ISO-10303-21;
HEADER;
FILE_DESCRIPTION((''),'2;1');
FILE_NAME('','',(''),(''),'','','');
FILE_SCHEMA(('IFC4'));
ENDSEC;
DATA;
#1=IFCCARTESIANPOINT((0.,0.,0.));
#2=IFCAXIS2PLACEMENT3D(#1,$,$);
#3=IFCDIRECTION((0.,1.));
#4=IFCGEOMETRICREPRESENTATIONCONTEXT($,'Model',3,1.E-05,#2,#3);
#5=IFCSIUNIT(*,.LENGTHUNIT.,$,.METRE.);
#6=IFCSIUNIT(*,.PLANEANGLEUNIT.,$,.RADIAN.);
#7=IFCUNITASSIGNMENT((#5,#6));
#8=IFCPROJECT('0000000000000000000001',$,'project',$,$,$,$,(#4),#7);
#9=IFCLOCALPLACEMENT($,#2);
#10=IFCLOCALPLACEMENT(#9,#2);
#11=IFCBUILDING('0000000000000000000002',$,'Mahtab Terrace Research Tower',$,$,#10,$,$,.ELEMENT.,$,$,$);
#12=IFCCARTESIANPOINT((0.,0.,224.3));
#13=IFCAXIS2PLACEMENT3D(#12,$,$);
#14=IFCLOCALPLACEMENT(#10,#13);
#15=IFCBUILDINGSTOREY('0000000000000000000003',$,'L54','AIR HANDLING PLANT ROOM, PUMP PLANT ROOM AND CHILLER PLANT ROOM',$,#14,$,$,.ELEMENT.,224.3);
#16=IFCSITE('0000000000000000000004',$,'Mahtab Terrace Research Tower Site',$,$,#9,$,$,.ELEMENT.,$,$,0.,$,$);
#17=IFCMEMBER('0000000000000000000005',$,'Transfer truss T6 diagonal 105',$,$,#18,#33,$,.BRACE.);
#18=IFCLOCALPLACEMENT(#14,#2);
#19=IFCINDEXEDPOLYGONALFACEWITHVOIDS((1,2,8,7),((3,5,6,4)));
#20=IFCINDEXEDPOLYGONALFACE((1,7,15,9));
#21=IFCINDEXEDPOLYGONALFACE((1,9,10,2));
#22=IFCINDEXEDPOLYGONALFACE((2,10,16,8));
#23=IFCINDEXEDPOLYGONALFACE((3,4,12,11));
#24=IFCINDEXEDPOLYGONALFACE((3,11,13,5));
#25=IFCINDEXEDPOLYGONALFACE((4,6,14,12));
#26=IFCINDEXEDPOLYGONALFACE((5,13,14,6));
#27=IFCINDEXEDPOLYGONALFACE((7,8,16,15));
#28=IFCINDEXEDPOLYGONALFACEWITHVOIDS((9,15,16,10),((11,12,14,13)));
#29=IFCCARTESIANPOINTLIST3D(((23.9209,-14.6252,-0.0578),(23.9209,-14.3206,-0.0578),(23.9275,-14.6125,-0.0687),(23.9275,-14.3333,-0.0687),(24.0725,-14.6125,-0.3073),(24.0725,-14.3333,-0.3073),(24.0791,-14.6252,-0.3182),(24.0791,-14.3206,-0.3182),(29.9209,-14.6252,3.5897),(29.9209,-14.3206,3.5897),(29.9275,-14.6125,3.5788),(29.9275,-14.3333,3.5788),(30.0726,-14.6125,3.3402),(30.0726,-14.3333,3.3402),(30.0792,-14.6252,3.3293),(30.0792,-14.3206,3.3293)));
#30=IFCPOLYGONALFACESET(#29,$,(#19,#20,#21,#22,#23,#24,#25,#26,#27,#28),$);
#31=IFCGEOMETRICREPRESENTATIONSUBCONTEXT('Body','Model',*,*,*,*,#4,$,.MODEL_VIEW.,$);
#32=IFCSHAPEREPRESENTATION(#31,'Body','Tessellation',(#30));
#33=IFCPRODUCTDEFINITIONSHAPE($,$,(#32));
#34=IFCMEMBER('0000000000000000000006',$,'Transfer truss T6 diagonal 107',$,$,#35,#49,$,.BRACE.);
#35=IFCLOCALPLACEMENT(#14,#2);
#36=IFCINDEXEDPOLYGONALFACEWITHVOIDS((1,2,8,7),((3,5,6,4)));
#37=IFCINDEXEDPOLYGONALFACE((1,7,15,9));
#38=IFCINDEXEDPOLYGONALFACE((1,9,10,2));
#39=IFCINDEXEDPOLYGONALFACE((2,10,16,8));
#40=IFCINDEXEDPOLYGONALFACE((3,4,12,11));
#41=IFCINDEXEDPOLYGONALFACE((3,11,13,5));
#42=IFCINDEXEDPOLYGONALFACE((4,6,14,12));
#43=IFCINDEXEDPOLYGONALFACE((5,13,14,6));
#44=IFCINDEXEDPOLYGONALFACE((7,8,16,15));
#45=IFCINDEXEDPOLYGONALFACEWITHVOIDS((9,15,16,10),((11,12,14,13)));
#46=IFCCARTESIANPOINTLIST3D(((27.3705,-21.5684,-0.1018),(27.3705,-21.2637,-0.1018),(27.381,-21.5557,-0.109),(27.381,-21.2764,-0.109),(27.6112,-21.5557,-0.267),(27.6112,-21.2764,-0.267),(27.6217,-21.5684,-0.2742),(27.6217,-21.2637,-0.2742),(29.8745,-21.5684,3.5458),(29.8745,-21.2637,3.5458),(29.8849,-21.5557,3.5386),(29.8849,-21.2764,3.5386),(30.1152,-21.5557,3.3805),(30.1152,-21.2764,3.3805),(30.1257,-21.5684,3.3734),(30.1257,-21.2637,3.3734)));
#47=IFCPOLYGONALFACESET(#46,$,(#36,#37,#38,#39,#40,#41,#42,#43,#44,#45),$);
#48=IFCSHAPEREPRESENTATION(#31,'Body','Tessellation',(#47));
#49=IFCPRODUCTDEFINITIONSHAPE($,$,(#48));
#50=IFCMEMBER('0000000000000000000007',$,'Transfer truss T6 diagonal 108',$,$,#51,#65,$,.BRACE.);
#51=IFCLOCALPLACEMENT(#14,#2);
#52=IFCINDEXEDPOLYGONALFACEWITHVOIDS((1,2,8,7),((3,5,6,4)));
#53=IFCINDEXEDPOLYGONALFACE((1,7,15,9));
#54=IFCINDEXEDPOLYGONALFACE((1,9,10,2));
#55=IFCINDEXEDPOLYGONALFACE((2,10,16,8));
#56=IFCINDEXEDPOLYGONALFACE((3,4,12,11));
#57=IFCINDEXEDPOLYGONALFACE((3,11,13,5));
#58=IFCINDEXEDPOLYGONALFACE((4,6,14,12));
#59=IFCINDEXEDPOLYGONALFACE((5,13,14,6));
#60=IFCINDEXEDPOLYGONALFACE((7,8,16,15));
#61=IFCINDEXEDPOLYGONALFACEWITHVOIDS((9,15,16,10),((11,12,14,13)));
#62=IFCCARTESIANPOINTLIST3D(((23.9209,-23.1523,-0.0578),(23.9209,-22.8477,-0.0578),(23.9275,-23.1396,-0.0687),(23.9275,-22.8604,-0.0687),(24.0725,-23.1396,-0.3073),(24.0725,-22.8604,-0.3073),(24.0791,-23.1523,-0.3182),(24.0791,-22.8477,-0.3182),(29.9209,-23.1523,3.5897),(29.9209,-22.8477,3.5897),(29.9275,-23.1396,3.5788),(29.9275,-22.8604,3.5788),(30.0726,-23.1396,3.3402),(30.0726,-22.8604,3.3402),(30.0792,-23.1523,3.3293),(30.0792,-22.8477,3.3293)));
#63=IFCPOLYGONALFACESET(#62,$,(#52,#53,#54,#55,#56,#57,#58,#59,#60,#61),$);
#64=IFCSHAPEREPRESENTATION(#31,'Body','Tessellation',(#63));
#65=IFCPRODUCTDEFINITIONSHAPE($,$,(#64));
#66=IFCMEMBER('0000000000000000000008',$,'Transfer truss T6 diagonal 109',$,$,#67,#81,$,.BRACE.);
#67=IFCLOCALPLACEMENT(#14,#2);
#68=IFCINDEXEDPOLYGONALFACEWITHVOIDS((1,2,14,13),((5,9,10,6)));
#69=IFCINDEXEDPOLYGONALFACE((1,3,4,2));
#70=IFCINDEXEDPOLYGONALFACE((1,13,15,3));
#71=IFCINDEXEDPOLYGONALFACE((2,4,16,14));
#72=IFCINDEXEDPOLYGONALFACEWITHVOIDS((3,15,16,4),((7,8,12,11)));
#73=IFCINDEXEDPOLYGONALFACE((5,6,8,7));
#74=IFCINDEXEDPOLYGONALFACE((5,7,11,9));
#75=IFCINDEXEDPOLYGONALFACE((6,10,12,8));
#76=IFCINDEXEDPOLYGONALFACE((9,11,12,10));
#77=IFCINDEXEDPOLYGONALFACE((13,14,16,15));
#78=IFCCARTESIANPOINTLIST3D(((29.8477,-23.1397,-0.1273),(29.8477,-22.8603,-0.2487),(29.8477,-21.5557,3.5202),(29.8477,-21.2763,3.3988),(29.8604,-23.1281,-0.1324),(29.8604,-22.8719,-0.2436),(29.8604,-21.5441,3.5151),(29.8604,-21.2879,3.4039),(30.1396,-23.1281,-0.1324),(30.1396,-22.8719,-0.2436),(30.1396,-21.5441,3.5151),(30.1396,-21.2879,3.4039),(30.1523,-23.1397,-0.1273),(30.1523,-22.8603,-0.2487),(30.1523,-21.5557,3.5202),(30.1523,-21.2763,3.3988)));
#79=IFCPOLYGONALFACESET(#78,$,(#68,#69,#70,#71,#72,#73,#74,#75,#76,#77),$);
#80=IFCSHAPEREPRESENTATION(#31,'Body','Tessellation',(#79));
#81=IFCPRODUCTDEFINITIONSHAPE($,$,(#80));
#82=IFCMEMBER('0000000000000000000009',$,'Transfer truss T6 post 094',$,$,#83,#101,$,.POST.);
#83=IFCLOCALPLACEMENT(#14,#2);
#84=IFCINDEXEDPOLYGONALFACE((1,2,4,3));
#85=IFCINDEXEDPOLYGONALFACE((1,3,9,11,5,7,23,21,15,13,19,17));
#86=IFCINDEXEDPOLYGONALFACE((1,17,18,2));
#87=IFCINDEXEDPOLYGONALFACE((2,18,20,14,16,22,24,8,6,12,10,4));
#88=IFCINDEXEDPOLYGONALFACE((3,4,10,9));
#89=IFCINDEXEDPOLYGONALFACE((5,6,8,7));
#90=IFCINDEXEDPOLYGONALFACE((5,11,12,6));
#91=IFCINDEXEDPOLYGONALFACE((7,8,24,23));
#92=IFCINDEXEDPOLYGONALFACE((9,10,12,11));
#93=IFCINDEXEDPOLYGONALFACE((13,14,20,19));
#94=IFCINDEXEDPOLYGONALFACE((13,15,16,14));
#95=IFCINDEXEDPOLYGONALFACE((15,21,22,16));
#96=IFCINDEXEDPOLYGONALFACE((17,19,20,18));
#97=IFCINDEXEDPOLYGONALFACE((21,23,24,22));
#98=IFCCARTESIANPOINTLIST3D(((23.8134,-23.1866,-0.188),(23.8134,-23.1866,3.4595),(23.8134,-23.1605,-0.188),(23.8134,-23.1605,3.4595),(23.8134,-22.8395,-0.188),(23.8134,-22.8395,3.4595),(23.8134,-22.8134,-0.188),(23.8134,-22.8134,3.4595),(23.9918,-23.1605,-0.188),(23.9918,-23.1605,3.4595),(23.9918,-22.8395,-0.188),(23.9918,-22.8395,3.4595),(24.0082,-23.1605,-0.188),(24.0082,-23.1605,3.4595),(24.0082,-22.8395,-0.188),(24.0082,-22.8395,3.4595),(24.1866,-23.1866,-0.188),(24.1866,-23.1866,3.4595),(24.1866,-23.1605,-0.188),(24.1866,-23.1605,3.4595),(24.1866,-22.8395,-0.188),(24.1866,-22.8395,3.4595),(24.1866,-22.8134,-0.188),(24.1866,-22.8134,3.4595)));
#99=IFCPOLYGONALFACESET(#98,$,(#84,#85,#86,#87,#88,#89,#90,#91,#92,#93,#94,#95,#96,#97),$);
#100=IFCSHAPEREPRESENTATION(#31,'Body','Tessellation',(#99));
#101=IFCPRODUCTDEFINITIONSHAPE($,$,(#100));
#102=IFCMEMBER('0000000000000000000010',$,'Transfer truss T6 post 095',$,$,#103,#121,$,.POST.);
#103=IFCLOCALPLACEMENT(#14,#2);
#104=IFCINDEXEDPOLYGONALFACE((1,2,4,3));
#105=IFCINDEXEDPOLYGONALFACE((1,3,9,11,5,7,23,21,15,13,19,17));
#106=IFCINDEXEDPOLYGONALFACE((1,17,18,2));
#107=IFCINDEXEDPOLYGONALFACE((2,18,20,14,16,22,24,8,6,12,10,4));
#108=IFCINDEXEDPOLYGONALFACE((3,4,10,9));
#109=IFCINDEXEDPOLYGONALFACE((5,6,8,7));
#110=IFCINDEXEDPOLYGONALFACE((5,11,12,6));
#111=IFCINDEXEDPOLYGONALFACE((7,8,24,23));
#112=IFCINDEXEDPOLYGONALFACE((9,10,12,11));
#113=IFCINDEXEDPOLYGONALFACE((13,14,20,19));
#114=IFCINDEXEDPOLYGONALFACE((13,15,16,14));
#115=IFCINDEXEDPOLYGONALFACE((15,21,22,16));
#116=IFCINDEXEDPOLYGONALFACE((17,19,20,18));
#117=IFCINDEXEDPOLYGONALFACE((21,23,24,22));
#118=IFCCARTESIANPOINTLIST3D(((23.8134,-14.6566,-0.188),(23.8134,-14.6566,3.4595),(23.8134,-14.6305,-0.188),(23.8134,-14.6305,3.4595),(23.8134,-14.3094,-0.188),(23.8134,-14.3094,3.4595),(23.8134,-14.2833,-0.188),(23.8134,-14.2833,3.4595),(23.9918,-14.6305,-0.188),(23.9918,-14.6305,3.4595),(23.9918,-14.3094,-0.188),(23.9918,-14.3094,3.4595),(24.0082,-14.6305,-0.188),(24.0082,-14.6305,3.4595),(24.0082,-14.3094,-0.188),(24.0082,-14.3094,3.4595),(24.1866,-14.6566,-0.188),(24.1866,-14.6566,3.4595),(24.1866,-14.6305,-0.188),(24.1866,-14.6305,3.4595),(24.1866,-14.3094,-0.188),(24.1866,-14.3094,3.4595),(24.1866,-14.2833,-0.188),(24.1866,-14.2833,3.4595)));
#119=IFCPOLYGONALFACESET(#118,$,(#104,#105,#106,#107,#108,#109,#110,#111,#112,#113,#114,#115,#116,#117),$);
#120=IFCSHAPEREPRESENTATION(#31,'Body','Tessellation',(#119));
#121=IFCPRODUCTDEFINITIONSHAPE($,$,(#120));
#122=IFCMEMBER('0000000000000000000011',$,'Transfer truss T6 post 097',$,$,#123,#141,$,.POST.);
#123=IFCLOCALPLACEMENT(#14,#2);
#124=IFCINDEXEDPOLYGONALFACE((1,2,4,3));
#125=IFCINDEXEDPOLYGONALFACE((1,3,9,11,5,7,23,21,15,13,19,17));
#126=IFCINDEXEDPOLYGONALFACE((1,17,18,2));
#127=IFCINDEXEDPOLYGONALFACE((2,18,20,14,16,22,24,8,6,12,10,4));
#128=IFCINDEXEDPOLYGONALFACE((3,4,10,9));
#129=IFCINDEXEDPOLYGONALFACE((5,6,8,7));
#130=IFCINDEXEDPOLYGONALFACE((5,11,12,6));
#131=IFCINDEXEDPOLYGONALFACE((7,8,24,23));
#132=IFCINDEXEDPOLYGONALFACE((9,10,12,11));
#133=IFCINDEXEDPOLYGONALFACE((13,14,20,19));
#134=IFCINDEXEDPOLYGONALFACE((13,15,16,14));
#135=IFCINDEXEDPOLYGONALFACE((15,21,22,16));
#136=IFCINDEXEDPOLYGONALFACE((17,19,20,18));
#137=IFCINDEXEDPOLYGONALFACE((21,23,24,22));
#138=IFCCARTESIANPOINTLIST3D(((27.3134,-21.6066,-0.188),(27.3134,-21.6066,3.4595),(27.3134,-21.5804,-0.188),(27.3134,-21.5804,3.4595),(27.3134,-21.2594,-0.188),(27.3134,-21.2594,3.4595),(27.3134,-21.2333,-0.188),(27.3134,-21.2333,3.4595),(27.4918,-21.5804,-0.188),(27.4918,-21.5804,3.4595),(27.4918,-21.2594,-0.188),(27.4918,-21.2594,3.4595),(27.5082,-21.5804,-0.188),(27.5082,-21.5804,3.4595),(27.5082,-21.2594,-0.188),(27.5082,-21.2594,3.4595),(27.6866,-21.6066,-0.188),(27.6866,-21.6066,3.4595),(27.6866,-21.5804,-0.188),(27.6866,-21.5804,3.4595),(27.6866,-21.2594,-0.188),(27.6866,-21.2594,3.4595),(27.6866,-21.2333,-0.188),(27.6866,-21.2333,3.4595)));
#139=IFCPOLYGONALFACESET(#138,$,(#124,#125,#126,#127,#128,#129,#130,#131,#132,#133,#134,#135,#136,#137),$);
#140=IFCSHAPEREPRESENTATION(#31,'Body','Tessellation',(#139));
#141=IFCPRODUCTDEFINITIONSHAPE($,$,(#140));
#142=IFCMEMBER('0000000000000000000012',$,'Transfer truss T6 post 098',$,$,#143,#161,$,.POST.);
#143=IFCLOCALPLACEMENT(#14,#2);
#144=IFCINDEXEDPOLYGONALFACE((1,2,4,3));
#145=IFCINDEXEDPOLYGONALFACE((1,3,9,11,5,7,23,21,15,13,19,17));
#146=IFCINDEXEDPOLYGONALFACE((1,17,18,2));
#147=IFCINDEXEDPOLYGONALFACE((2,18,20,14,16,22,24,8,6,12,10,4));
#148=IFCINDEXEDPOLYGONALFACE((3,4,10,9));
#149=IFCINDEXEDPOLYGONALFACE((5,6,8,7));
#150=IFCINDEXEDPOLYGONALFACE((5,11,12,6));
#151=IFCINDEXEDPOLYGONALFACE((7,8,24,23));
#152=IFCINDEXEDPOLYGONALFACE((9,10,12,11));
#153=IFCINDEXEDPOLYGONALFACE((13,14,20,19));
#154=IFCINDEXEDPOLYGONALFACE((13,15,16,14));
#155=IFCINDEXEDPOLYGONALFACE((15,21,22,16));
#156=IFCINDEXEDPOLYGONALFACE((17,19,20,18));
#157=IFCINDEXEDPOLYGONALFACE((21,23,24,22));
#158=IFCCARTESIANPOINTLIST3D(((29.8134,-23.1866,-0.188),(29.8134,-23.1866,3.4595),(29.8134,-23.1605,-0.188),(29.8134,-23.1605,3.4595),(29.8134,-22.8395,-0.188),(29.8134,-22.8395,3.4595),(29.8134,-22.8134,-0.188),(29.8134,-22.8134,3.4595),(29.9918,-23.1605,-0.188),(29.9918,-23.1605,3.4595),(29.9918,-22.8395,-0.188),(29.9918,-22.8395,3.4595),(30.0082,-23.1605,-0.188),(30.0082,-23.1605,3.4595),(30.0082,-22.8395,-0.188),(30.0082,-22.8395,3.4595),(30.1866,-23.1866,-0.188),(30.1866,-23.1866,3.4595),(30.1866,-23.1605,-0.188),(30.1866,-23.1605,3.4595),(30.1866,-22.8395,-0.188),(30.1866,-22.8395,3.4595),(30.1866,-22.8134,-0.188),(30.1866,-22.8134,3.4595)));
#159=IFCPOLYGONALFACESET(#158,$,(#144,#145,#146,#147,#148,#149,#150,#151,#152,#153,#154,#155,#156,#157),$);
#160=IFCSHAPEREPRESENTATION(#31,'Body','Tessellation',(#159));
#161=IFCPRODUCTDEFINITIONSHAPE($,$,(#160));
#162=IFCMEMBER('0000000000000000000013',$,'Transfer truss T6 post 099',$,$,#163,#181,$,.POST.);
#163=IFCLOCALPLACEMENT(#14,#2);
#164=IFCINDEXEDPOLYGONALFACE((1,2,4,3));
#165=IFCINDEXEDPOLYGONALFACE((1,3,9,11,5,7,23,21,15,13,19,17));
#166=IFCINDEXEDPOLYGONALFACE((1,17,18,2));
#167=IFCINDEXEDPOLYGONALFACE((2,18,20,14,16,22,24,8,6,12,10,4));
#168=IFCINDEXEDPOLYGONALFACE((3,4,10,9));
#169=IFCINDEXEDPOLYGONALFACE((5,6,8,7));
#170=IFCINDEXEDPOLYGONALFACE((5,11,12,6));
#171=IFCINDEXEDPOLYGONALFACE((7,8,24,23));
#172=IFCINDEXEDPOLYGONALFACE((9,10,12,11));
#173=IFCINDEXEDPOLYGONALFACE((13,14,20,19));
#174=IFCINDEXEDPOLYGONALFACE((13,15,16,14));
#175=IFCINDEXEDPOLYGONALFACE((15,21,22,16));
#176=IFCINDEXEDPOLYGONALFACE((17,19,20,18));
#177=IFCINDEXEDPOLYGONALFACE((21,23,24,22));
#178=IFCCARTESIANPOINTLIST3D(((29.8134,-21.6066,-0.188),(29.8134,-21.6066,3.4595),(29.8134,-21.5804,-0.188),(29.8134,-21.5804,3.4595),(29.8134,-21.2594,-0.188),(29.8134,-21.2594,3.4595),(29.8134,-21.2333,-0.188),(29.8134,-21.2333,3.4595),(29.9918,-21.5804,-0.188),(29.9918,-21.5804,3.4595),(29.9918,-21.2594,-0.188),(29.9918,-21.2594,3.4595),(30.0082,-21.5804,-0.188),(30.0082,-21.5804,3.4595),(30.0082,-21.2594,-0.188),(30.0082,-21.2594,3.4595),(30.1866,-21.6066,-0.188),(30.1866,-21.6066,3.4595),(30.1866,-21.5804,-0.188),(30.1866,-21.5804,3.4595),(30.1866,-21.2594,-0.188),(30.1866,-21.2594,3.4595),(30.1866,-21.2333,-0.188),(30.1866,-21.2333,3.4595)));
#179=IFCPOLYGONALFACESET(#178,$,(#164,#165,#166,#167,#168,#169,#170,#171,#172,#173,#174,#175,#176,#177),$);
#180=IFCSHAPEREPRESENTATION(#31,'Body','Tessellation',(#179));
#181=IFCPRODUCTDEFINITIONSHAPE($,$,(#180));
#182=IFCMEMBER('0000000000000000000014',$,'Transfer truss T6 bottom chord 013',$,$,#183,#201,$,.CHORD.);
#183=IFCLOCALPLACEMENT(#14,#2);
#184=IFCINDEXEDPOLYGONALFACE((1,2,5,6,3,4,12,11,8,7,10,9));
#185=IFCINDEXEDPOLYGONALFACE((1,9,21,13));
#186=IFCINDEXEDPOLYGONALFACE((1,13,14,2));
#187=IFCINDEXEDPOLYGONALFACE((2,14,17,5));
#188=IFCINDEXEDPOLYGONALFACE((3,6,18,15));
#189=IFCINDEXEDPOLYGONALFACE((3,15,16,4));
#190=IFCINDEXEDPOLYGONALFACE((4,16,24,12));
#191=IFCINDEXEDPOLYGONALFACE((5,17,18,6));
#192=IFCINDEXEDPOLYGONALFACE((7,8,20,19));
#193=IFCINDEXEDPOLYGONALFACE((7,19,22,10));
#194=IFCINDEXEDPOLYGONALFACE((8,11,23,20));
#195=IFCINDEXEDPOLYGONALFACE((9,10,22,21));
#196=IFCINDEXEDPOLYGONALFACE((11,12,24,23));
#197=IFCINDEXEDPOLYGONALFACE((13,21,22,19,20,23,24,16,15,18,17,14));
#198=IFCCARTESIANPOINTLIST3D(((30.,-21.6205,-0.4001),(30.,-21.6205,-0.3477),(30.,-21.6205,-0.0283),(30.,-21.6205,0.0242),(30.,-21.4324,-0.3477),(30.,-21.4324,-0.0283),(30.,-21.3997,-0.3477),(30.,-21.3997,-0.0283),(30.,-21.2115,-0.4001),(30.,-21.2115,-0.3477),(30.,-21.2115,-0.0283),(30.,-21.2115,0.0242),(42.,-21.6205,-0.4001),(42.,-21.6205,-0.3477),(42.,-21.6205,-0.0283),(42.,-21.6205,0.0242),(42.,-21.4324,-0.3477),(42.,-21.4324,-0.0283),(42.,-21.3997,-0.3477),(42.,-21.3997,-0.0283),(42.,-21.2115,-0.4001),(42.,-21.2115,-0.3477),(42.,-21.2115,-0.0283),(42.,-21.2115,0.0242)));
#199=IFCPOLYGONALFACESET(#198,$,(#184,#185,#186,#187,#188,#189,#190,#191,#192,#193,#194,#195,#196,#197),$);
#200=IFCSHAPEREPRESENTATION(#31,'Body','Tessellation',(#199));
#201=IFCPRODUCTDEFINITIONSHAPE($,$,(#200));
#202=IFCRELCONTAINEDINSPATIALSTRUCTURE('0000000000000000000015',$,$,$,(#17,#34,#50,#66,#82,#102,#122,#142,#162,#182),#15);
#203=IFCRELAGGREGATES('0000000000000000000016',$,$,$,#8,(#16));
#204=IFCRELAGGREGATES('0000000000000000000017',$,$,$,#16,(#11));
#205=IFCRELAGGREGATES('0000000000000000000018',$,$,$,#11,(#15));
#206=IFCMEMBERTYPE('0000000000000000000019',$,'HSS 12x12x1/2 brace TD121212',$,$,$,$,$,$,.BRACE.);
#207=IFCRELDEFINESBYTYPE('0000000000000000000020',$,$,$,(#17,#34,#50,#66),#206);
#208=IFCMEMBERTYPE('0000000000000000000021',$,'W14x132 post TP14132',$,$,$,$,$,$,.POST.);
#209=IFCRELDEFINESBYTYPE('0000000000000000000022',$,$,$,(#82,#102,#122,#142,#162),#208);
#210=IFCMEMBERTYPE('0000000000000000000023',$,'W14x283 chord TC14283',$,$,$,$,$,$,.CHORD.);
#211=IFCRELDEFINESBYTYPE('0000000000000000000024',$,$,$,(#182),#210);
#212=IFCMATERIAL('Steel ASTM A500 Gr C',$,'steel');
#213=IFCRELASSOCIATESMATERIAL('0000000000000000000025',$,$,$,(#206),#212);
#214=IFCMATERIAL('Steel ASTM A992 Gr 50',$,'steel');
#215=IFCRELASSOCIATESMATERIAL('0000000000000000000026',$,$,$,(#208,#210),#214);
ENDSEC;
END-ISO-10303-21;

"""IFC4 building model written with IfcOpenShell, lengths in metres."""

from ifc_helpers import new_model, si_unit, direction, frame, origin, origin_2d, place, context, subcontext, project, spatial, hollow_rectangle, i_section, extrude, material, material_profile, profile_set, type_object, element, save


model = new_model("IFC4")

# Units and contexts
model_context = context("Model", 3, precision=1e-05, world=origin(), true_north=direction((0.0, 1.0)))
body_context = subcontext(model_context, "Body", "Model", "MODEL_VIEW")
ifc_project = project(units=[si_unit("LENGTHUNIT", "METRE"), si_unit("PLANEANGLEUNIT", "RADIAN")], contexts=[model_context])

# Site, building, storey
site_placement = place(None, origin())
site = spatial("IfcSite", under=ifc_project, at=site_placement, Name="Mahtab Terrace Research Tower Site", CompositionType="ELEMENT", RefElevation=0.0)
building_placement = place(site_placement, origin())
building = spatial("IfcBuilding", under=site, at=building_placement, Name="Mahtab Terrace Research Tower", CompositionType="ELEMENT")
storey_placement = place(building_placement, frame((0.0, 0.0, 224.3)))
storey = spatial("IfcBuildingStorey", under=building, at=storey_placement, Name="L54", Description="AIR HANDLING PLANT ROOM, PUMP PLANT ROOM AND CHILLER PLANT ROOM", CompositionType="ELEMENT", Elevation=224.3)

# Members
ifc_material_1 = material(Name="Steel ASTM A500 Gr C", Category="steel")
ifc_material_profile_1 = material_profile(ifc_material_1, hollow_rectangle(XDim=0.3047, YDim=0.3047, WallThickness=0.0127, at=origin_2d()), Name="HSS12X12X1/2")
ifc_profile_set_1 = profile_set([ifc_material_profile_1], Name="Steel ASTM A500 Gr C")
member_type_1 = type_object("IfcMemberType", Name="HSS 12x12x1/2 brace TD121212", PredefinedType="BRACE", material=ifc_profile_set_1)
member_1_placement = place(storey_placement, frame((24.0, -14.4729, -0.188), z_axis=(0.854497, 0.0, 0.519457), x_axis=(0.0, 1.0, 0.0)))
element("IfcMember", 1, at=member_1_placement, inside=storey, type_object=member_type_1, Name="Transfer truss T6 diagonal 105", PredefinedType="BRACE", context=body_context, shape_type="SweptSolid", body=[
    extrude(hollow_rectangle(XDim=0.3047, YDim=0.3047, WallThickness=0.0127, at=origin_2d()), origin(), (0.0, 0.0, 1.0), 7.0217),
])
member_2_placement = place(storey_placement, frame((27.4961, -21.416, -0.188), z_axis=(0.565957, 0.0, 0.824435), x_axis=(0.0, 1.0, 0.0)))
element("IfcMember", 2, at=member_2_placement, inside=storey, type_object=member_type_1, Name="Transfer truss T6 diagonal 107", PredefinedType="BRACE", context=body_context, shape_type="SweptSolid", body=[
    extrude(hollow_rectangle(XDim=0.3047, YDim=0.3047, WallThickness=0.0127, at=origin_2d()), origin(), (0.0, 0.0, 1.0), 4.4243),
])
member_3_placement = place(storey_placement, frame((24.0, -23.0, -0.188), z_axis=(0.854497, 0.0, 0.519457), x_axis=(0.0, 1.0, 0.0)))
element("IfcMember", 3, at=member_3_placement, inside=storey, type_object=member_type_1, Name="Transfer truss T6 diagonal 108", PredefinedType="BRACE", context=body_context, shape_type="SweptSolid", body=[
    extrude(hollow_rectangle(XDim=0.3047, YDim=0.3047, WallThickness=0.0127, at=origin_2d()), origin(), (0.0, 0.0, 1.0), 7.0217),
])
member_4_placement = place(storey_placement, frame((30.0, -23.0, -0.188), z_axis=(0.0, 0.398331, 0.917242), x_axis=(-1.0, 0.0, 0.0)))
element("IfcMember", 4, at=member_4_placement, inside=storey, type_object=member_type_1, Name="Transfer truss T6 diagonal 109", PredefinedType="BRACE", context=body_context, shape_type="SweptSolid", body=[
    extrude(hollow_rectangle(XDim=0.3047, YDim=0.3047, WallThickness=0.0127, at=origin_2d()), origin(), (0.0, 0.0, 1.0), 3.9766),
])
ifc_material_2 = material(Name="Steel ASTM A992 Gr 50", Category="steel")
ifc_material_profile_2 = material_profile(ifc_material_2, i_section(OverallWidth=0.3733, OverallDepth=0.3733, WebThickness=0.0164, FlangeThickness=0.0261, at=origin_2d()), Name="W14X132")
ifc_profile_set_2 = profile_set([ifc_material_profile_2], Name="Steel ASTM A992 Gr 50")
member_type_2 = type_object("IfcMemberType", Name="W14x132 post TP14132", PredefinedType="POST", material=ifc_profile_set_2)
for number, where, z_axis, x_axis, name in (
    (5, (24.0, -23.0, -0.188), (0.0, 0.0, 1.0), (1.0, 0.0, 0.0), "Transfer truss T6 post 094"),
    (6, (24.0, -14.47, -0.188), (0.0, 0.0, 1.0), (1.0, 0.0, 0.0), "Transfer truss T6 post 095"),
    (7, (27.5, -21.4199, -0.188), (0.0, 0.0, 1.0), (1.0, 0.0, 0.0), "Transfer truss T6 post 097"),
    (8, (30.0, -23.0, -0.188), (0.0, 0.0, 1.0), (1.0, 0.0, 0.0), "Transfer truss T6 post 098"),
    (9, (30.0, -21.4199, -0.188), (0.0, 0.0, 1.0), (1.0, 0.0, 0.0), "Transfer truss T6 post 099"),
):
    element("IfcMember", number, at=place(storey_placement, frame(where, z_axis=z_axis, x_axis=x_axis)), inside=storey, type_object=member_type_2, Name=name, PredefinedType="POST", context=body_context, shape_type="SweptSolid", body=[
        extrude(i_section(OverallWidth=0.3733, OverallDepth=0.3733, WebThickness=0.0164, FlangeThickness=0.0261, at=origin_2d()), origin(), (0.0, 0.0, 1.0), 3.6475),
    ])
ifc_material_profile_3 = material_profile(ifc_material_2, i_section(OverallWidth=0.4089, OverallDepth=0.4243, WebThickness=0.0327, FlangeThickness=0.0525, at=origin_2d()), Name="W14X283")
ifc_profile_set_3 = profile_set([ifc_material_profile_3], Name="Steel ASTM A992 Gr 50")
member_type_3 = type_object("IfcMemberType", Name="W14x283 chord TC14283", PredefinedType="CHORD", material=ifc_profile_set_3)
for number, where, z_axis, x_axis, name in (
    (10, (30.0, -21.416, -0.188), (1.0, 0.0, 0.0), (0.0, 1.0, 0.0), "Transfer truss T6 bottom chord 013"),
):
    element("IfcMember", number, at=place(storey_placement, frame(where, z_axis=z_axis, x_axis=x_axis)), inside=storey, type_object=member_type_3, Name=name, PredefinedType="CHORD", context=body_context, shape_type="SweptSolid", body=[
        extrude(i_section(OverallWidth=0.4089, OverallDepth=0.4243, WebThickness=0.0327, FlangeThickness=0.0525, at=origin_2d()), origin(), (0.0, 0.0, 1.0), 12.0),
    ])

save(model, "model.ifc")
